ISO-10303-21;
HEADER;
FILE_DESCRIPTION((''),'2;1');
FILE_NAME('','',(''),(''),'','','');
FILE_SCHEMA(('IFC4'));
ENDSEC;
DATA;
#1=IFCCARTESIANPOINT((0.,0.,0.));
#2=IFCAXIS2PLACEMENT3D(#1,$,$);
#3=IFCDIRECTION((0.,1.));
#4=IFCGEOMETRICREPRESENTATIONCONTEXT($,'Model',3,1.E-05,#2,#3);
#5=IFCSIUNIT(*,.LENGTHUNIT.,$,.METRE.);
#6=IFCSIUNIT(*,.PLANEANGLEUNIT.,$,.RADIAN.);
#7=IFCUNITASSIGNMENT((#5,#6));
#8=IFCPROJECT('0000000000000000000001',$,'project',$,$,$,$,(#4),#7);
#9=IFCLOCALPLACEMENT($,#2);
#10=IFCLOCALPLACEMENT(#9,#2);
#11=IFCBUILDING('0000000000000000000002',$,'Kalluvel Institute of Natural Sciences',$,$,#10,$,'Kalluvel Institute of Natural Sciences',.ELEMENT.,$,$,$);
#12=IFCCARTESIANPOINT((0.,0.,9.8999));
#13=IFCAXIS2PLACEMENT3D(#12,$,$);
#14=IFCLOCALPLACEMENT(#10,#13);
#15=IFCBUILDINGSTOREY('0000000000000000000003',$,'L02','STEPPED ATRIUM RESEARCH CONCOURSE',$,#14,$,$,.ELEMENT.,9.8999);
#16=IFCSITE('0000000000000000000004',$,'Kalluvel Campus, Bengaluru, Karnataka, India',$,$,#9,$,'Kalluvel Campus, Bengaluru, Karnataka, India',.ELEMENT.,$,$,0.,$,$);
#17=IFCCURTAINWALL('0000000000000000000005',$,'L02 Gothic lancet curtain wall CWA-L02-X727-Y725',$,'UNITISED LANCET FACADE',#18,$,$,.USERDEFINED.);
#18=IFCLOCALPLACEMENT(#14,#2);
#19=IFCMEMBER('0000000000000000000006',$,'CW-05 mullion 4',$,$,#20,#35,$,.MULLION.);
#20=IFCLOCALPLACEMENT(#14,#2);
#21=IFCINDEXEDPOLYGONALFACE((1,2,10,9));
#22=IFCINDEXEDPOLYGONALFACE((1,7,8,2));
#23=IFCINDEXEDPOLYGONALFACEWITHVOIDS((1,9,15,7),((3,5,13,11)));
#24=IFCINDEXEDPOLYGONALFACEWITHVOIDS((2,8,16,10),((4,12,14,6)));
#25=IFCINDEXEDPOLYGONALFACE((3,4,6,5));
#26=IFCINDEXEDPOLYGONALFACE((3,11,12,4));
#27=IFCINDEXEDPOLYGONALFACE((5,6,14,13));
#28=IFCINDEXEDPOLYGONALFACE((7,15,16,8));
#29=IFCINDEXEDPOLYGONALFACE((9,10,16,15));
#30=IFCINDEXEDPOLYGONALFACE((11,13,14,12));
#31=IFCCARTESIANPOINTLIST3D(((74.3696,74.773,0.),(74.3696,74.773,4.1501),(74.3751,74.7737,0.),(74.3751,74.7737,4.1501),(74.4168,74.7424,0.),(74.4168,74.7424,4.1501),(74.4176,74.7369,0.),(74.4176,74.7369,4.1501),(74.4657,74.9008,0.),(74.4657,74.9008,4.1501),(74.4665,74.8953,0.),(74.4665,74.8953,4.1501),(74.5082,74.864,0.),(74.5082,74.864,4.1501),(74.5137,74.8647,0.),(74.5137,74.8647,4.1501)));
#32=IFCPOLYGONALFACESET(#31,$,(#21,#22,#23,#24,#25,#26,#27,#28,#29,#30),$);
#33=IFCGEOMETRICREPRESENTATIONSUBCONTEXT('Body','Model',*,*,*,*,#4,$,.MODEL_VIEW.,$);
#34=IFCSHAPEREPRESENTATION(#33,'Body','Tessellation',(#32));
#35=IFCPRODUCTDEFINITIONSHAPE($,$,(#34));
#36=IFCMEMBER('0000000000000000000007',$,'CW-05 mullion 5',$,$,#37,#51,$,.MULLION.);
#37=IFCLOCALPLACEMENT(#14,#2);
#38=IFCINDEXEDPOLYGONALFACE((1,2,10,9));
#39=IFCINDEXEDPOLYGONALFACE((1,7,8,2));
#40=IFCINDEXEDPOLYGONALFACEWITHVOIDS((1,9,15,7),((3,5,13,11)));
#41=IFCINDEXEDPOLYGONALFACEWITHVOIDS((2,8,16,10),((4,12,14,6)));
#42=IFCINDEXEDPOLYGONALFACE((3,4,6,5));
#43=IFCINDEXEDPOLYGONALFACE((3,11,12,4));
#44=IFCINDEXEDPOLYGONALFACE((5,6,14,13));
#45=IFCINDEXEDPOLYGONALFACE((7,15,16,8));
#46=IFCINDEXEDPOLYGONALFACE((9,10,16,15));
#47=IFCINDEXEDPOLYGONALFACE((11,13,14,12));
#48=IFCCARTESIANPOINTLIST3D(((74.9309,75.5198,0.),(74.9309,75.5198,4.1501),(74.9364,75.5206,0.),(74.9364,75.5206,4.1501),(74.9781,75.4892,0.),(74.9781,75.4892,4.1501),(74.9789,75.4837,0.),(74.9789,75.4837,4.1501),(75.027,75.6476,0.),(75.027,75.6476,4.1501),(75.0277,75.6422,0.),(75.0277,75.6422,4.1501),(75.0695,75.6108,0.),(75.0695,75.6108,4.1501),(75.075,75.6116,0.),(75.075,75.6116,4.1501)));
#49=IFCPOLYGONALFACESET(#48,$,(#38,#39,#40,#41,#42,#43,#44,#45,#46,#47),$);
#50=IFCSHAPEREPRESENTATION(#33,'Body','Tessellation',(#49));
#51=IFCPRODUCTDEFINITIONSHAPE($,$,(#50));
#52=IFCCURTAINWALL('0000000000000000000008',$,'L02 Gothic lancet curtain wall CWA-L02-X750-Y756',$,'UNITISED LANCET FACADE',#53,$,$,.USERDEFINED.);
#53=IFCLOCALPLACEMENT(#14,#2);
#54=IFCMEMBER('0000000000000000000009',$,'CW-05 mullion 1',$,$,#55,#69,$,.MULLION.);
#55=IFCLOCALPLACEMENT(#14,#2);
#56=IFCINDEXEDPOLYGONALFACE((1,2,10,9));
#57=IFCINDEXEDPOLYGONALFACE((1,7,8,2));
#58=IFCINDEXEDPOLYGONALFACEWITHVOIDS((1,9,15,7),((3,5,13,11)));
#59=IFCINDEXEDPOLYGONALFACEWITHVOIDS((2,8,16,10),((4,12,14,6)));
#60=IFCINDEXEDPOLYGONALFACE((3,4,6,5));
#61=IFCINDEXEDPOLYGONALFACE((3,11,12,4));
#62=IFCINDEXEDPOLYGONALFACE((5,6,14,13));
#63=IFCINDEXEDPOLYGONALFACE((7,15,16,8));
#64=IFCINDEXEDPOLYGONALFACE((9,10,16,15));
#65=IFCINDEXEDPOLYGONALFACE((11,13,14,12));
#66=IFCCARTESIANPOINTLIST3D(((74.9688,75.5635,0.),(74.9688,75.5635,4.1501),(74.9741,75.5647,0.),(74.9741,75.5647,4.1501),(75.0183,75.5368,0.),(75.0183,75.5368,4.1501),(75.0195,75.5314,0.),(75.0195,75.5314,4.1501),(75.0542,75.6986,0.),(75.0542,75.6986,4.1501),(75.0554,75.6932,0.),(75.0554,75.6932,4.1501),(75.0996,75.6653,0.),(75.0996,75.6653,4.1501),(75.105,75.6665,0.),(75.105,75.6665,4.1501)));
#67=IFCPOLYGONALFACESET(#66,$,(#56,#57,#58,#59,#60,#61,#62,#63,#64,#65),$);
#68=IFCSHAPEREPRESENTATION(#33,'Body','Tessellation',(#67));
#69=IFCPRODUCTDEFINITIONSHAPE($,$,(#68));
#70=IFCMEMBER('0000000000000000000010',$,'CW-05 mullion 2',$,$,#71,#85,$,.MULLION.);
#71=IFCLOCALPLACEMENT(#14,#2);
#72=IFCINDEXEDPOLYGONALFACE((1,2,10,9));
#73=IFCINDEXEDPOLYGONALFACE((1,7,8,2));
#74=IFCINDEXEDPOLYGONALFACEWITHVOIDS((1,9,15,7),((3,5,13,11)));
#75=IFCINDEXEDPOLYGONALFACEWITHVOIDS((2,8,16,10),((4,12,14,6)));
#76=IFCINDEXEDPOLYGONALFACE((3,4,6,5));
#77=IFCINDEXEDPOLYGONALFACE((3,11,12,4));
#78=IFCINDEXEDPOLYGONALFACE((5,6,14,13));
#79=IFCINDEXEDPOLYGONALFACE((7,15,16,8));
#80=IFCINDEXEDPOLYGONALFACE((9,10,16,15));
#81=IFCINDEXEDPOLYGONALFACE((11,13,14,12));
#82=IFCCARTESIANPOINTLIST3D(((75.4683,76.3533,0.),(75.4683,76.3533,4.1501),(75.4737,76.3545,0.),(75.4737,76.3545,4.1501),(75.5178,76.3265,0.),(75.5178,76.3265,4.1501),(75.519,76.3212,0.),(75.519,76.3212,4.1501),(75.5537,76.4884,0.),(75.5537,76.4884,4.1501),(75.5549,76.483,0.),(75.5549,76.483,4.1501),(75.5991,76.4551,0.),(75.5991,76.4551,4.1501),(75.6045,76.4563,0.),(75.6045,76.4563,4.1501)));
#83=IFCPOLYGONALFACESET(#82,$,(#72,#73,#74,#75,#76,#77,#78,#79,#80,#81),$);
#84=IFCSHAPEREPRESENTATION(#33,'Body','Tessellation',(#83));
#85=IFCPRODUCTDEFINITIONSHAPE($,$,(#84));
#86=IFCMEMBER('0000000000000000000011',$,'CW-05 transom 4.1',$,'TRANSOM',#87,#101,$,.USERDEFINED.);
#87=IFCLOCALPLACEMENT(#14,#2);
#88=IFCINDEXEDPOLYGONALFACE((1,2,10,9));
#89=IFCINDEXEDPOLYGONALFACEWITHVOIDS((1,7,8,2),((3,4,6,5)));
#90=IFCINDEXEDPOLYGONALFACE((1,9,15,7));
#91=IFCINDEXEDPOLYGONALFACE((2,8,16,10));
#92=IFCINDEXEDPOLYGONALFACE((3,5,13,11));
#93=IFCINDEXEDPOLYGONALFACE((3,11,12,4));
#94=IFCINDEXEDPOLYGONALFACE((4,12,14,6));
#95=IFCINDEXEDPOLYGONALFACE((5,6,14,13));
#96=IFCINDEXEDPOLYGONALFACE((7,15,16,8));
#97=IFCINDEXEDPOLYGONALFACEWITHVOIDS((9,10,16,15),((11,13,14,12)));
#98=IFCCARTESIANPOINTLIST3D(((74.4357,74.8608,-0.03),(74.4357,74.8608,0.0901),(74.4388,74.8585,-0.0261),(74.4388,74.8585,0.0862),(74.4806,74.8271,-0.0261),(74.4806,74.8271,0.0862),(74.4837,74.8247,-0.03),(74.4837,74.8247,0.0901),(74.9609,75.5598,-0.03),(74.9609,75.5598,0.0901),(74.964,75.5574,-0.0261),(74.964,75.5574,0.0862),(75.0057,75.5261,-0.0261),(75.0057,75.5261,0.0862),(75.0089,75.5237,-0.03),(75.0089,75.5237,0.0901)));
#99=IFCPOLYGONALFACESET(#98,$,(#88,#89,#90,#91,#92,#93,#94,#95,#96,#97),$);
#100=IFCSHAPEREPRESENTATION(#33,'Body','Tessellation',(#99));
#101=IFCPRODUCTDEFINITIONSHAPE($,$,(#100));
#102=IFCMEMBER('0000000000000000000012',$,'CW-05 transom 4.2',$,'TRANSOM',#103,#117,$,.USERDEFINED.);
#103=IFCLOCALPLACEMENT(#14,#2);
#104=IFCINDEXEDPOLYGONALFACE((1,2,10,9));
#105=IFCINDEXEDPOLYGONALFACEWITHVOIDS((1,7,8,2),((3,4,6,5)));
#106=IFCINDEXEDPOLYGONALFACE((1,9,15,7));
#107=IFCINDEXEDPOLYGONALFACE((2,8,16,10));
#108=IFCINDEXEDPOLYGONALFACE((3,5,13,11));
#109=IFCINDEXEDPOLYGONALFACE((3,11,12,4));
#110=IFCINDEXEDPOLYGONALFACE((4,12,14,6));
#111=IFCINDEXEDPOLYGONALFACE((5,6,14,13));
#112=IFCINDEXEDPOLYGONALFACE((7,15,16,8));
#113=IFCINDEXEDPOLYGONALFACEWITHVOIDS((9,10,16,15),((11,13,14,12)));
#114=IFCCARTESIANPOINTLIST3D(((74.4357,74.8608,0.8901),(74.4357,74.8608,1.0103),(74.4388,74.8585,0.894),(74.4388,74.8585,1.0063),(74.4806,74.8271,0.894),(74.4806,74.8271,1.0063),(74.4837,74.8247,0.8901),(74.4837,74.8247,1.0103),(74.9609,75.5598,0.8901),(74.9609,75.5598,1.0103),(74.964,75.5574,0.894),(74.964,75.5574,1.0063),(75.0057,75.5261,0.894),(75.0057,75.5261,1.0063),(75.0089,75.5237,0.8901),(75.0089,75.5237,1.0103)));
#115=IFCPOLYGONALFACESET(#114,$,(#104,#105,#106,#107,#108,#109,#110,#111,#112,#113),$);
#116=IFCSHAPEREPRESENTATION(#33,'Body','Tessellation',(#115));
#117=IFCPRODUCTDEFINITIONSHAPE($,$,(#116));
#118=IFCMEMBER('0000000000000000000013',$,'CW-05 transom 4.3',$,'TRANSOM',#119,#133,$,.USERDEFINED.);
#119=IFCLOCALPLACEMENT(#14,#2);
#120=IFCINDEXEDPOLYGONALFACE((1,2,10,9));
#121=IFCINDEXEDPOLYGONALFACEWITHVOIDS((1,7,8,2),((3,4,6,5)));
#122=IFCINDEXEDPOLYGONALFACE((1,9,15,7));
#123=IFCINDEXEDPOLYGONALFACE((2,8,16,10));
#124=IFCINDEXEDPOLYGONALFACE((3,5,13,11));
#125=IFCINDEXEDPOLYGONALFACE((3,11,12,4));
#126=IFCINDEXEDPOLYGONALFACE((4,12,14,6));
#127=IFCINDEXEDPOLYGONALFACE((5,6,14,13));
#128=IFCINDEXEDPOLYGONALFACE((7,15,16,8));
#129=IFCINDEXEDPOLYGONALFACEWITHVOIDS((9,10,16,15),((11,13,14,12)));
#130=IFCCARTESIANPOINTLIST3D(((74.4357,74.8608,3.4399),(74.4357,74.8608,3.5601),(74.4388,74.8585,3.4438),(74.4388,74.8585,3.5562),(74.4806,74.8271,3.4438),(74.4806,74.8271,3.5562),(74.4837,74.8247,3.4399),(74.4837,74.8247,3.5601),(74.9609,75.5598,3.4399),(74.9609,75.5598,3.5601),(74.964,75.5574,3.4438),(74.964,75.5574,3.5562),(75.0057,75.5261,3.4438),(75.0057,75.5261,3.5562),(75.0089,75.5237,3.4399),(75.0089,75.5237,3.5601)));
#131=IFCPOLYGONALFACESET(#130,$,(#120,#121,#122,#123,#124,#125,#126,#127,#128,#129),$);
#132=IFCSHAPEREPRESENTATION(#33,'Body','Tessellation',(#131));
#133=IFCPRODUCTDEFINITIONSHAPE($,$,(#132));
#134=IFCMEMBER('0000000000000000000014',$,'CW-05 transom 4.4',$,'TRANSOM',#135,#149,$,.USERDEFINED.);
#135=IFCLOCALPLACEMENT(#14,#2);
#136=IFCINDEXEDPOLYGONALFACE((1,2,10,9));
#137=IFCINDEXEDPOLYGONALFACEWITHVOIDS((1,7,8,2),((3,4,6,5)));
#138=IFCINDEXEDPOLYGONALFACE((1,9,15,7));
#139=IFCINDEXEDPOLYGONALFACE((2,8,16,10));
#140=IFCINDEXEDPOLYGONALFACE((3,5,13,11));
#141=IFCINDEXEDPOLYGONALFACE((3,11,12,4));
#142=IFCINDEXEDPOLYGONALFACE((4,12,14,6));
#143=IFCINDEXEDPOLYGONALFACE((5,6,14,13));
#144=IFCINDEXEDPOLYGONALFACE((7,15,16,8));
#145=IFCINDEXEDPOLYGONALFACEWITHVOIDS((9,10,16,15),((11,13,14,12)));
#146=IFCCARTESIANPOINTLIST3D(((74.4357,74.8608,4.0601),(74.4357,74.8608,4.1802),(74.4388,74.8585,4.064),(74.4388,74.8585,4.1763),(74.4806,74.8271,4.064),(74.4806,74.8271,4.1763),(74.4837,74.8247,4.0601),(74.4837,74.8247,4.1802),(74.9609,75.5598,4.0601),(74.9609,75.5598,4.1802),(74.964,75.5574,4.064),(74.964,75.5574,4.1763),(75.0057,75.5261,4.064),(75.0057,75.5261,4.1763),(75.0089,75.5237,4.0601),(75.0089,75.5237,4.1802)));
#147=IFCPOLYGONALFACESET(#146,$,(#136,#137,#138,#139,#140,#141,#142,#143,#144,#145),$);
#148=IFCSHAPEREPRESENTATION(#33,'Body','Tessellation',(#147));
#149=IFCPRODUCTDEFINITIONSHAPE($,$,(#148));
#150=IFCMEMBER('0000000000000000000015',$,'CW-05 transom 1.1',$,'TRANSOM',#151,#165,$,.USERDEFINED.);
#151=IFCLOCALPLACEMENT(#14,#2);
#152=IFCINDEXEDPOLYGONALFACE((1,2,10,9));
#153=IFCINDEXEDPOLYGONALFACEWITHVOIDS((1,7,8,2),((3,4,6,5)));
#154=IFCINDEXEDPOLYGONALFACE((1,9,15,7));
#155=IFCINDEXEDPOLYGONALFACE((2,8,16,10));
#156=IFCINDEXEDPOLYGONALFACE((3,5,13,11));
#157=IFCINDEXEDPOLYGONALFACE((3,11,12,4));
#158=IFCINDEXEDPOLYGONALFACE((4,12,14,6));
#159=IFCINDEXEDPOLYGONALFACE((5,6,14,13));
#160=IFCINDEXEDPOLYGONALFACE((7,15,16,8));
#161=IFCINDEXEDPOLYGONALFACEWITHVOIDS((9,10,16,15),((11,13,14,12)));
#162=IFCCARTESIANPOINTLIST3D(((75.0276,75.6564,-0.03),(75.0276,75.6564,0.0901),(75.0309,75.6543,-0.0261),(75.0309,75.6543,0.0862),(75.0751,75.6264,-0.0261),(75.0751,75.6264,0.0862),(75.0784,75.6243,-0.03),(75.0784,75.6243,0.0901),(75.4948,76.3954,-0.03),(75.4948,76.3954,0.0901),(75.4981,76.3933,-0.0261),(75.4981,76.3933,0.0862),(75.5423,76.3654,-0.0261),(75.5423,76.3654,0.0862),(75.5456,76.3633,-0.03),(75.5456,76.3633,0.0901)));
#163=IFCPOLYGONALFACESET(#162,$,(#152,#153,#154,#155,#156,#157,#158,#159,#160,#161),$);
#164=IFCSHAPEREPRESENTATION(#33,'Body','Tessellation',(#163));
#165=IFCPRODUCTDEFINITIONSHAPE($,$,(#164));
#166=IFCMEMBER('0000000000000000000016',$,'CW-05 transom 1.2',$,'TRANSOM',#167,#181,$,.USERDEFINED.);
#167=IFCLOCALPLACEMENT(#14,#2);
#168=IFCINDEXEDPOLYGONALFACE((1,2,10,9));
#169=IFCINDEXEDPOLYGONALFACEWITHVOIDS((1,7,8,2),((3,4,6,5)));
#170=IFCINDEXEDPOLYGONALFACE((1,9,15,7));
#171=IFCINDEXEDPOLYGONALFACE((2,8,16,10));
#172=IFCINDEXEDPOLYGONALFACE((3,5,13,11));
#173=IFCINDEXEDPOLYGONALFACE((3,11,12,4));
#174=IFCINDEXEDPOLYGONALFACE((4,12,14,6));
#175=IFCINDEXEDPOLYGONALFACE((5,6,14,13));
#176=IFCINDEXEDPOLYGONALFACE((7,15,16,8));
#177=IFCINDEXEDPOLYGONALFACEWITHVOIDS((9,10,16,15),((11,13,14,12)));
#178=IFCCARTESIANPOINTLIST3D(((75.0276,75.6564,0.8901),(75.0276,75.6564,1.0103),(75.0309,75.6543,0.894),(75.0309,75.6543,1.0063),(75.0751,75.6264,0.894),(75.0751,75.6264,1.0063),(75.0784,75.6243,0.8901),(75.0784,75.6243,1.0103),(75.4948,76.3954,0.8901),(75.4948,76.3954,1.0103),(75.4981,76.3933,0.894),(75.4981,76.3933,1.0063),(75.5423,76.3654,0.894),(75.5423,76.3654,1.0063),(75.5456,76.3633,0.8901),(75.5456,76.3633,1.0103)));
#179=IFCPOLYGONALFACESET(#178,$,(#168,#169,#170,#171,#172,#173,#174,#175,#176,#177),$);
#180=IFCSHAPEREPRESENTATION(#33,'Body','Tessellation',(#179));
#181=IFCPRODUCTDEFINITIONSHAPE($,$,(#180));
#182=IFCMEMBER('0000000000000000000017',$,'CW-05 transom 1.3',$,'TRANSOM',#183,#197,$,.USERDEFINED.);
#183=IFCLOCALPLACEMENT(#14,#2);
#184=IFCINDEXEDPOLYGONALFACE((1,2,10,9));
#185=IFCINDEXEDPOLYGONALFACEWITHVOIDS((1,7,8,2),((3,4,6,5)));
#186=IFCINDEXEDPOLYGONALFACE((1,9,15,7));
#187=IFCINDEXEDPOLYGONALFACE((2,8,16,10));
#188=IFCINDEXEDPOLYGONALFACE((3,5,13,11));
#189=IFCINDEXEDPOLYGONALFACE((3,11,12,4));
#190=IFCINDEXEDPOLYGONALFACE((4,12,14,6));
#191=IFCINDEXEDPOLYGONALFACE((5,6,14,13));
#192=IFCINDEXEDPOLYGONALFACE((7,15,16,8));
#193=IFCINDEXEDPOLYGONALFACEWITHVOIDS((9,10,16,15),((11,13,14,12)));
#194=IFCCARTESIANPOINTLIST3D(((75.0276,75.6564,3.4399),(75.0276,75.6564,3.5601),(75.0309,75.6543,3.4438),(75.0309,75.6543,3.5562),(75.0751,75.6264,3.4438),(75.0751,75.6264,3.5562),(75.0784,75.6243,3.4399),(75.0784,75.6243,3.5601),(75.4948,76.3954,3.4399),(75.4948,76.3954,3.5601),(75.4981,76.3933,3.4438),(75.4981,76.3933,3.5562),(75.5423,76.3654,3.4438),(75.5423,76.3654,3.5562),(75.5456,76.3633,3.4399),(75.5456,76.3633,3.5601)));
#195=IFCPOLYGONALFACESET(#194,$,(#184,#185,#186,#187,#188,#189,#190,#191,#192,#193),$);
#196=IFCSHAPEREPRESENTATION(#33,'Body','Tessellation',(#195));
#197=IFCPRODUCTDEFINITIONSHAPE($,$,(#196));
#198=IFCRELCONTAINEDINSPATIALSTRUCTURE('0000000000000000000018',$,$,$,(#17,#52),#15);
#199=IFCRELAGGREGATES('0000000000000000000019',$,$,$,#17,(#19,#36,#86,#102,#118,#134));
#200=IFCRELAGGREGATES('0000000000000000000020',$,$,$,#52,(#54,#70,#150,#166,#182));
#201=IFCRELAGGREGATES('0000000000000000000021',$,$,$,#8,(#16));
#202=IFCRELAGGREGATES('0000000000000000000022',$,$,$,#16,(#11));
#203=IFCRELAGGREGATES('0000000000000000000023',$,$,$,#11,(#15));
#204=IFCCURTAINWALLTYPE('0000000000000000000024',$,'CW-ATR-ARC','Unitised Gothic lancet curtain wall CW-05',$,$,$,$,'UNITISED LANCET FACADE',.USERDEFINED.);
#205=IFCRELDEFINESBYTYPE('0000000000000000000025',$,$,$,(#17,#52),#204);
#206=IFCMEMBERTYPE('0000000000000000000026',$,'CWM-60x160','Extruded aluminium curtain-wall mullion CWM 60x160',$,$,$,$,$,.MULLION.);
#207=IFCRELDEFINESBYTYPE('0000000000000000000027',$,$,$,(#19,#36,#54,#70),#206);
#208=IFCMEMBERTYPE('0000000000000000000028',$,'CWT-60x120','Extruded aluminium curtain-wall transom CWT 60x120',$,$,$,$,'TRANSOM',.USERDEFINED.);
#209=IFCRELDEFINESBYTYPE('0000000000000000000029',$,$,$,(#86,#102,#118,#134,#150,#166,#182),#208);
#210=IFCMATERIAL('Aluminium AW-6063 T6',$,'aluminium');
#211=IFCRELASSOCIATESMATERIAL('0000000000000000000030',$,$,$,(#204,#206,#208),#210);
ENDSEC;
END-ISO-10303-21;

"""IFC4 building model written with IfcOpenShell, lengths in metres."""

from ifc_helpers import new_model, si_unit, direction, frame, origin, origin_2d, place, context, subcontext, project, spatial, hollow_rectangle, extrude, material, material_profile, profile_set, type_object, element, aggregate, save


model = new_model("IFC4")

# Units and contexts
model_context = context("Model", 3, precision=1e-05, world=origin(), true_north=direction((0.0, 1.0)))
body_context = subcontext(model_context, "Body", "Model", "MODEL_VIEW")
ifc_project = project(units=[si_unit("LENGTHUNIT", "METRE"), si_unit("PLANEANGLEUNIT", "RADIAN")], contexts=[model_context])

# Site, building, storey
site_placement = place(None, origin())
site = spatial("IfcSite", under=ifc_project, at=site_placement, Name="Kalluvel Campus, Bengaluru, Karnataka, India", LongName="Kalluvel Campus, Bengaluru, Karnataka, India", CompositionType="ELEMENT", RefElevation=0.0)
building_placement = place(site_placement, origin())
building = spatial("IfcBuilding", under=site, at=building_placement, Name="Kalluvel Institute of Natural Sciences", LongName="Kalluvel Institute of Natural Sciences", CompositionType="ELEMENT")
storey_placement = place(building_placement, frame((0.0, 0.0, 9.8999)))
storey = spatial("IfcBuildingStorey", under=building, at=storey_placement, Name="L02", Description="STEPPED ATRIUM RESEARCH CONCOURSE", CompositionType="ELEMENT", Elevation=9.8999)

# Curtain walls, members
ifc_material_1 = material(Name="Aluminium AW-6063 T6", Category="aluminium")
curtain_wall_type = type_object("IfcCurtainWallType", Name="CW-ATR-ARC", Description="Unitised Gothic lancet curtain wall CW-05", ElementType="UNITISED LANCET FACADE", PredefinedType="USERDEFINED", material=ifc_material_1)
curtain_wall_1_placement = place(storey_placement, origin())
curtain_wall_1 = element("IfcCurtainWall", 1, at=curtain_wall_1_placement, inside=storey, type_object=curtain_wall_type, Name="L02 Gothic lancet curtain wall CWA-L02-X727-Y725", ObjectType="UNITISED LANCET FACADE", PredefinedType="USERDEFINED")
ifc_material_profile_1 = material_profile(ifc_material_1, hollow_rectangle(XDim=0.0601, YDim=0.1599, WallThickness=0.0039, at=origin_2d()), Name="CWM 60x160")
ifc_profile_set_1 = profile_set([ifc_material_profile_1], Name="Aluminium AW-6063 T6")
member_type_1 = type_object("IfcMemberType", Name="CWM-60x160", Description="Extruded aluminium curtain-wall mullion CWM 60x160", PredefinedType="MULLION", material=ifc_profile_set_1)
member_1_placement = place(storey_placement, frame((74.4417, 74.8188, 0.0), z_axis=(0.0, 0.0, 1.0), x_axis=(-0.799446, 0.600738, 0.0)))
member_1 = element("IfcMember", 2, at=member_1_placement, type_object=member_type_1, Name="CW-05 mullion 4", PredefinedType="MULLION", context=body_context, shape_type="SweptSolid", body=[
    extrude(hollow_rectangle(XDim=0.0601, YDim=0.1599, WallThickness=0.0039, at=origin_2d()), origin(), (0.0, 0.0, 1.0), 4.1501),
])
member_2_placement = place(storey_placement, frame((75.0029, 75.5657, 0.0), z_axis=(0.0, 0.0, 1.0), x_axis=(-0.799446, 0.600738, 0.0)))
member_2 = element("IfcMember", 3, at=member_2_placement, type_object=member_type_1, Name="CW-05 mullion 5", PredefinedType="MULLION", context=body_context, shape_type="SweptSolid", body=[
    extrude(hollow_rectangle(XDim=0.0601, YDim=0.1599, WallThickness=0.0039, at=origin_2d()), origin(), (0.0, 0.0, 1.0), 4.1501),
])
curtain_wall_2_placement = place(storey_placement, origin())
curtain_wall_2 = element("IfcCurtainWall", 4, at=curtain_wall_2_placement, inside=storey, type_object=curtain_wall_type, Name="L02 Gothic lancet curtain wall CWA-L02-X750-Y756", ObjectType="UNITISED LANCET FACADE", PredefinedType="USERDEFINED")
member_3_placement = place(storey_placement, frame((75.0369, 75.615, 0.0), z_axis=(0.0, 0.0, 1.0), x_axis=(-0.845189, 0.534468, 0.0)))
member_3 = element("IfcMember", 5, at=member_3_placement, type_object=member_type_1, Name="CW-05 mullion 1", PredefinedType="MULLION", context=body_context, shape_type="SweptSolid", body=[
    extrude(hollow_rectangle(XDim=0.0601, YDim=0.1599, WallThickness=0.0039, at=origin_2d()), origin(), (0.0, 0.0, 1.0), 4.1501),
])
member_4_placement = place(storey_placement, frame((75.5364, 76.4048, 0.0), z_axis=(0.0, 0.0, 1.0), x_axis=(-0.845189, 0.534468, 0.0)))
member_4 = element("IfcMember", 6, at=member_4_placement, type_object=member_type_1, Name="CW-05 mullion 2", PredefinedType="MULLION", context=body_context, shape_type="SweptSolid", body=[
    extrude(hollow_rectangle(XDim=0.0601, YDim=0.1599, WallThickness=0.0039, at=origin_2d()), origin(), (0.0, 0.0, 1.0), 4.1501),
])

# Members
ifc_material_profile_2 = material_profile(ifc_material_1, hollow_rectangle(XDim=0.0601, YDim=0.1201, WallThickness=0.0039, at=origin_2d()), Name="CWT 60x120")
ifc_profile_set_2 = profile_set([ifc_material_profile_2], Name="Aluminium AW-6063 T6")
member_type_2 = type_object("IfcMemberType", Name="CWT-60x120", Description="Extruded aluminium curtain-wall transom CWT 60x120", ElementType="TRANSOM", PredefinedType="USERDEFINED", material=ifc_profile_set_2)
member_5_placement = place(storey_placement, frame((74.4597, 74.8428, 0.03), z_axis=(0.60067, 0.799497, 0.0), x_axis=(-0.799497, 0.60067, 0.0)))
member_5 = element("IfcMember", 7, at=member_5_placement, type_object=member_type_2, Name="CW-05 transom 4.1", ObjectType="TRANSOM", PredefinedType="USERDEFINED", context=body_context, shape_type="SweptSolid", body=[
    extrude(hollow_rectangle(XDim=0.0601, YDim=0.1201, WallThickness=0.0039, at=origin_2d()), origin(), (0.0, 0.0, 1.0), 0.8743),
])
member_6_placement = place(storey_placement, frame((74.4597, 74.8428, 0.9502), z_axis=(0.60067, 0.799497, 0.0), x_axis=(-0.799497, 0.60067, 0.0)))
member_6 = element("IfcMember", 8, at=member_6_placement, type_object=member_type_2, Name="CW-05 transom 4.2", ObjectType="TRANSOM", PredefinedType="USERDEFINED", context=body_context, shape_type="SweptSolid", body=[
    extrude(hollow_rectangle(XDim=0.0601, YDim=0.1201, WallThickness=0.0039, at=origin_2d()), origin(), (0.0, 0.0, 1.0), 0.8743),
])
member_7_placement = place(storey_placement, frame((74.4597, 74.8428, 3.5), z_axis=(0.60067, 0.799497, 0.0), x_axis=(-0.799497, 0.60067, 0.0)))
member_7 = element("IfcMember", 9, at=member_7_placement, type_object=member_type_2, Name="CW-05 transom 4.3", ObjectType="TRANSOM", PredefinedType="USERDEFINED", context=body_context, shape_type="SweptSolid", body=[
    extrude(hollow_rectangle(XDim=0.0601, YDim=0.1201, WallThickness=0.0039, at=origin_2d()), origin(), (0.0, 0.0, 1.0), 0.8743),
])
member_8_placement = place(storey_placement, frame((74.4597, 74.8428, 4.1201), z_axis=(0.60067, 0.799497, 0.0), x_axis=(-0.799497, 0.60067, 0.0)))
member_8 = element("IfcMember", 10, at=member_8_placement, type_object=member_type_2, Name="CW-05 transom 4.4", ObjectType="TRANSOM", PredefinedType="USERDEFINED", context=body_context, shape_type="SweptSolid", body=[
    extrude(hollow_rectangle(XDim=0.0601, YDim=0.1201, WallThickness=0.0039, at=origin_2d()), origin(), (0.0, 0.0, 1.0), 0.8743),
])
member_9_placement = place(storey_placement, frame((75.053, 75.6404, 0.03), z_axis=(0.534434, 0.84521, 0.0), x_axis=(-0.84521, 0.534434, 0.0)))
member_9 = element("IfcMember", 11, at=member_9_placement, type_object=member_type_2, Name="CW-05 transom 1.1", ObjectType="TRANSOM", PredefinedType="USERDEFINED", context=body_context, shape_type="SweptSolid", body=[
    extrude(hollow_rectangle(XDim=0.0601, YDim=0.1201, WallThickness=0.0039, at=origin_2d()), origin(), (0.0, 0.0, 1.0), 0.8743),
])
member_10_placement = place(storey_placement, frame((75.053, 75.6404, 0.9502), z_axis=(0.534434, 0.84521, 0.0), x_axis=(-0.84521, 0.534434, 0.0)))
member_10 = element("IfcMember", 12, at=member_10_placement, type_object=member_type_2, Name="CW-05 transom 1.2", ObjectType="TRANSOM", PredefinedType="USERDEFINED", context=body_context, shape_type="SweptSolid", body=[
    extrude(hollow_rectangle(XDim=0.0601, YDim=0.1201, WallThickness=0.0039, at=origin_2d()), origin(), (0.0, 0.0, 1.0), 0.8743),
])
member_11_placement = place(storey_placement, frame((75.053, 75.6404, 3.5), z_axis=(0.534434, 0.84521, 0.0), x_axis=(-0.84521, 0.534434, 0.0)))
member_11 = element("IfcMember", 13, at=member_11_placement, type_object=member_type_2, Name="CW-05 transom 1.3", ObjectType="TRANSOM", PredefinedType="USERDEFINED", context=body_context, shape_type="SweptSolid", body=[
    extrude(hollow_rectangle(XDim=0.0601, YDim=0.1201, WallThickness=0.0039, at=origin_2d()), origin(), (0.0, 0.0, 1.0), 0.8743),
])

aggregate(curtain_wall_1, [member_1, member_2, member_5, member_6, member_7, member_8])
aggregate(curtain_wall_2, [member_3, member_4, member_9, member_10, member_11])

save(model, "model.ifc")
